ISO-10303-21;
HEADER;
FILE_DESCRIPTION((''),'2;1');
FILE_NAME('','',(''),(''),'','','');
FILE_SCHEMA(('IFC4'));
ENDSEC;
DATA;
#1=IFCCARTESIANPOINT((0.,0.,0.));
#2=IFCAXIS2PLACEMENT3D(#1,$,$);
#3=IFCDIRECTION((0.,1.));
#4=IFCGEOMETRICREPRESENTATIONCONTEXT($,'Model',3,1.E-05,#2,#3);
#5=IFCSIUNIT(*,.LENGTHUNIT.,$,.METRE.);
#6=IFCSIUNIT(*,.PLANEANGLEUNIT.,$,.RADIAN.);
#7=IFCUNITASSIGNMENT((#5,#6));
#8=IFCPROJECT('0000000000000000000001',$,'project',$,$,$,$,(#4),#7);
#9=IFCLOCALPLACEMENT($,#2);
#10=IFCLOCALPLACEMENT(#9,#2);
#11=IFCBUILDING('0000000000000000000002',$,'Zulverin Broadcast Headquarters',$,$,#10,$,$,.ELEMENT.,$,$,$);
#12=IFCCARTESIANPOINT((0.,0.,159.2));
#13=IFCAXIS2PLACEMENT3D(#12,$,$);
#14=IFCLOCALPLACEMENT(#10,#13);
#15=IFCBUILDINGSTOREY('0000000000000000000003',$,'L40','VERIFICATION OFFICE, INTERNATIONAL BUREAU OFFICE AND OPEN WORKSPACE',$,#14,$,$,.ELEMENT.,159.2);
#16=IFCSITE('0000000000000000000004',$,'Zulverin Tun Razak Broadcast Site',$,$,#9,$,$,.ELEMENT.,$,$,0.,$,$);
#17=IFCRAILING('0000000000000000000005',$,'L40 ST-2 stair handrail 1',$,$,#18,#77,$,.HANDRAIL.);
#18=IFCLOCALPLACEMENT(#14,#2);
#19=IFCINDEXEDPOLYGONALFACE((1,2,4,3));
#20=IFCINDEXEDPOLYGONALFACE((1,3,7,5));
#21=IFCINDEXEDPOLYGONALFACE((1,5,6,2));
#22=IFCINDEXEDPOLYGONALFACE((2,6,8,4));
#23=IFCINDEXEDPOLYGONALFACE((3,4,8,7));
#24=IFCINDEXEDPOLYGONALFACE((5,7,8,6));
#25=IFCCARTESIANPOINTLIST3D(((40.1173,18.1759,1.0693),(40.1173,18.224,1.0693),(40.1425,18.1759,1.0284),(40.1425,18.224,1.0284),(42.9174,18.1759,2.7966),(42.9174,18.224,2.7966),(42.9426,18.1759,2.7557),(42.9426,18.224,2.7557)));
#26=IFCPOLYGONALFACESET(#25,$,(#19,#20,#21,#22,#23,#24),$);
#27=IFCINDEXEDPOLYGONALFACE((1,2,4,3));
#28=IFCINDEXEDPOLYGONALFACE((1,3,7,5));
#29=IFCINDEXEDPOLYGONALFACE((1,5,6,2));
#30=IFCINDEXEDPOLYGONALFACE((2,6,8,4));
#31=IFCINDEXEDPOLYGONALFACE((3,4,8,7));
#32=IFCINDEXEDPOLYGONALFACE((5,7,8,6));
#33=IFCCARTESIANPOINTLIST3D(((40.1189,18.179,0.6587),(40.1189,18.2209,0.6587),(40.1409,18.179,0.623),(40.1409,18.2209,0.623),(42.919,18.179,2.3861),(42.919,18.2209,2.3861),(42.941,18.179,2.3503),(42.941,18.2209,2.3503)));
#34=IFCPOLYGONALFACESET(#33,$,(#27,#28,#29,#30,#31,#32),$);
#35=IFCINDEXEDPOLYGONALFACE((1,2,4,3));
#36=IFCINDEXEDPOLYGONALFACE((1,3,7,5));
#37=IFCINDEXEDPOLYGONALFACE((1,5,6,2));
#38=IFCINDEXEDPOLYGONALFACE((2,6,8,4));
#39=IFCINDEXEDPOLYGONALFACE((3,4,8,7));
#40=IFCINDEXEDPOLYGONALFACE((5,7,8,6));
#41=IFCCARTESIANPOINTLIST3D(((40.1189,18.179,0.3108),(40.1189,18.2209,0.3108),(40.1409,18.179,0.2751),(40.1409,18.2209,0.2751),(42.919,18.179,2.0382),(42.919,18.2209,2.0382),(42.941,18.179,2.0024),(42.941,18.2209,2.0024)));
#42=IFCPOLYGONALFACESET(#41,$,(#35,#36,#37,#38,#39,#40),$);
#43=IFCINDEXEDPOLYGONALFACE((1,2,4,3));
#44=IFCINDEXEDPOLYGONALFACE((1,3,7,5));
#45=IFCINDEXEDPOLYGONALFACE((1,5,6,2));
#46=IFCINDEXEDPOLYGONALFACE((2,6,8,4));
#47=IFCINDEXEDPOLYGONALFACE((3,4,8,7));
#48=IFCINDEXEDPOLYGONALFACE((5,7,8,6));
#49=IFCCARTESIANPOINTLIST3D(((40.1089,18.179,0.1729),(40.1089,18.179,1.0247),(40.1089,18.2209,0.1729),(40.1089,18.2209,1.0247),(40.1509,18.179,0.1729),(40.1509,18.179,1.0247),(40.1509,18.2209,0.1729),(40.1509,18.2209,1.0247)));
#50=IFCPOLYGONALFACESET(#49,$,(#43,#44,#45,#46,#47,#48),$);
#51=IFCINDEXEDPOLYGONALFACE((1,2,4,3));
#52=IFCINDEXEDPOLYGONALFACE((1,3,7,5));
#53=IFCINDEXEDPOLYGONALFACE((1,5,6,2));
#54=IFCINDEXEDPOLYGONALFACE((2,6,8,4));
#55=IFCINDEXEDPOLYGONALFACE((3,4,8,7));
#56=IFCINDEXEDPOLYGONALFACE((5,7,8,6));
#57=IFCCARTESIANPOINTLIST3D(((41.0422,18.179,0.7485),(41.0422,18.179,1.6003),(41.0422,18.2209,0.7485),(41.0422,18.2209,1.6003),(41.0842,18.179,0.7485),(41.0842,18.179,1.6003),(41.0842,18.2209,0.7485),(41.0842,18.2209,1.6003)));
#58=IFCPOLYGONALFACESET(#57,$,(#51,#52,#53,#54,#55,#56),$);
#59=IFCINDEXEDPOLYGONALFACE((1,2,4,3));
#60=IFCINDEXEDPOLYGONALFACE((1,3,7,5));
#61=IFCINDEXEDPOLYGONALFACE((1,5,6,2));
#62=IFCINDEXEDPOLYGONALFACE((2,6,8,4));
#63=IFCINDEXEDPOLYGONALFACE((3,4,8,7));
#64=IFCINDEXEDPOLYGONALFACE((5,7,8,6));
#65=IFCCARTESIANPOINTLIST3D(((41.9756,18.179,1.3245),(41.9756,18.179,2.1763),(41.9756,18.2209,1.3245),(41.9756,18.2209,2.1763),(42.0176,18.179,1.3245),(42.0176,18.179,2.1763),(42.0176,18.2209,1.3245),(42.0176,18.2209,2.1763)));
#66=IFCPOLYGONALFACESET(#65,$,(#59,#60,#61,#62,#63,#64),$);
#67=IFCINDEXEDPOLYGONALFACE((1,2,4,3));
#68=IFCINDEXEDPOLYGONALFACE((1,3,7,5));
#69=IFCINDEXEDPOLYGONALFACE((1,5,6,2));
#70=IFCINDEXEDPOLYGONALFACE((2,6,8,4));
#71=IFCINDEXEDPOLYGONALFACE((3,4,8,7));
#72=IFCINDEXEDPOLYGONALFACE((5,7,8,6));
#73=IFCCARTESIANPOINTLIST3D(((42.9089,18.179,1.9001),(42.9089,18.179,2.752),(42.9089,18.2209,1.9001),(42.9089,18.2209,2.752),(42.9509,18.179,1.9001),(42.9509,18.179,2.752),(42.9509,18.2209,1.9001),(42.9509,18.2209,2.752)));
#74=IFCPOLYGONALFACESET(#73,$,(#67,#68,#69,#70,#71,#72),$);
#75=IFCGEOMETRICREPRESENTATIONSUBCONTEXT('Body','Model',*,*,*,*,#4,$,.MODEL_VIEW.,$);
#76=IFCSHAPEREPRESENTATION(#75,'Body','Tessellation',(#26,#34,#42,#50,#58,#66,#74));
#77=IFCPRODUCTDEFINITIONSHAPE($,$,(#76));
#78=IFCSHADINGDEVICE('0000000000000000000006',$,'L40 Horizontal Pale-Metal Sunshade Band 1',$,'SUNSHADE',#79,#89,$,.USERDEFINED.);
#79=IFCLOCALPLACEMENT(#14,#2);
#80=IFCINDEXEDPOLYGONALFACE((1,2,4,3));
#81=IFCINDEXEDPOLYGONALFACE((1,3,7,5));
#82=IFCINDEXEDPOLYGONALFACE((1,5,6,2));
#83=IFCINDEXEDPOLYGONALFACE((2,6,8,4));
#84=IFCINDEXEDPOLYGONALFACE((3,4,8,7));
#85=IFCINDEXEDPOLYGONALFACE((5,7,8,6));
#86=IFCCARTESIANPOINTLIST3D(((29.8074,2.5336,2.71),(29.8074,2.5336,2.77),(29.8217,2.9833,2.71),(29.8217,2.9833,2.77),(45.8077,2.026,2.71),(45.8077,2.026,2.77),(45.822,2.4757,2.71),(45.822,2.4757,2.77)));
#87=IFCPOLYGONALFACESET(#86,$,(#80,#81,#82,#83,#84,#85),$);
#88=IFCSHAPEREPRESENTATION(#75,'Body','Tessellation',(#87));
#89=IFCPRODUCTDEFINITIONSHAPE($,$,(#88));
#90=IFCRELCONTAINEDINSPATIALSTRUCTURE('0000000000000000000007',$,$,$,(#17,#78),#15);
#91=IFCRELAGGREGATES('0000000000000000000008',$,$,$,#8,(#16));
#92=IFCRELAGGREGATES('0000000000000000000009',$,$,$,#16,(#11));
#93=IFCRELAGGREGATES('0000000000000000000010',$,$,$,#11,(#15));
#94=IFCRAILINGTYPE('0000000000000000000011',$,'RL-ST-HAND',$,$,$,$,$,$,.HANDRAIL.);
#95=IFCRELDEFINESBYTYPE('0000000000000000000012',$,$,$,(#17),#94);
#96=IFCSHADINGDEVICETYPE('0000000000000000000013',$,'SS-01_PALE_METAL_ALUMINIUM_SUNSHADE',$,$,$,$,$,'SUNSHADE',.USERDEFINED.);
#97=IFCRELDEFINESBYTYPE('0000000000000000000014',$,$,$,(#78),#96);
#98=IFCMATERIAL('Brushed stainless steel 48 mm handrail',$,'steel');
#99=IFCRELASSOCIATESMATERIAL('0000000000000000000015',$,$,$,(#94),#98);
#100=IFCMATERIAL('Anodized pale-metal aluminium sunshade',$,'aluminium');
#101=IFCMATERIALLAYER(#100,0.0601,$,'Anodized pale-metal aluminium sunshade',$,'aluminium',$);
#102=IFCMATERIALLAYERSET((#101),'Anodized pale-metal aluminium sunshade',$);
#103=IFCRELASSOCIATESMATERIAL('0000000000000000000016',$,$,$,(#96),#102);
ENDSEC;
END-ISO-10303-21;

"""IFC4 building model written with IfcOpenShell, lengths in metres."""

from ifc_helpers import new_model, si_unit, direction, frame, origin, origin_2d, place, context, subcontext, project, spatial, rectangle, extrude, material, layer, layer_set, type_object, element, save


model = new_model("IFC4")

# Units and contexts
model_context = context("Model", 3, precision=1e-05, world=origin(), true_north=direction((0.0, 1.0)))
body_context = subcontext(model_context, "Body", "Model", "MODEL_VIEW")
ifc_project = project(units=[si_unit("LENGTHUNIT", "METRE"), si_unit("PLANEANGLEUNIT", "RADIAN")], contexts=[model_context])

# Site, building, storey
site_placement = place(None, origin())
site = spatial("IfcSite", under=ifc_project, at=site_placement, Name="Zulverin Tun Razak Broadcast Site", CompositionType="ELEMENT", RefElevation=0.0)
building_placement = place(site_placement, origin())
building = spatial("IfcBuilding", under=site, at=building_placement, Name="Zulverin Broadcast Headquarters", CompositionType="ELEMENT")
storey_placement = place(building_placement, frame((0.0, 0.0, 159.2)))
storey = spatial("IfcBuildingStorey", under=building, at=storey_placement, Name="L40", Description="VERIFICATION OFFICE, INTERNATIONAL BUREAU OFFICE AND OPEN WORKSPACE", CompositionType="ELEMENT", Elevation=159.2)

# Railing
ifc_material_1 = material(Name="Brushed stainless steel 48 mm handrail", Category="steel")
railing_type_1 = type_object("IfcRailingType", Name="RL-ST-HAND", PredefinedType="HANDRAIL", material=ifc_material_1)
railing_1_placement = place(storey_placement, frame((40.1299, 18.2, 0.1729)))
element("IfcRailing", 1, at=railing_1_placement, inside=storey, type_object=railing_type_1, Name="L40 ST-2 stair handrail 1", PredefinedType="HANDRAIL", context=body_context, shape_type="SweptSolid", body=[
    extrude(rectangle(XDim=0.0481, YDim=0.0481, at=origin_2d()), frame((0.0, 0.0, 0.876), z_axis=(0.85109, 0.0, 0.52502), x_axis=(0.0, 1.0, 0.0)), (0.0, 0.0, 1.0), 3.29),
    extrude(rectangle(XDim=0.042, YDim=0.042, at=origin_2d()), frame((0.0, 0.0, 0.468), z_axis=(0.85109, 0.0, 0.52502), x_axis=(0.0, 1.0, 0.0)), (0.0, 0.0, 1.0), 3.29),
    extrude(rectangle(XDim=0.042, YDim=0.042, at=origin_2d()), frame((0.0, 0.0, 0.1201), z_axis=(0.85109, 0.0, 0.52502), x_axis=(0.0, 1.0, 0.0)), (0.0, 0.0, 1.0), 3.29),
    extrude(rectangle(XDim=0.042, YDim=0.042, at=origin_2d()), origin(), (0.0, 0.0, 1.0), 0.8518),
    extrude(rectangle(XDim=0.042, YDim=0.042, at=origin_2d()), frame((0.9333, 0.0, 0.5757)), (0.0, 0.0, 1.0), 0.8518),
    extrude(rectangle(XDim=0.042, YDim=0.042, at=origin_2d()), frame((1.8667, 0.0, 1.1516)), (0.0, 0.0, 1.0), 0.8518),
    extrude(rectangle(XDim=0.042, YDim=0.042, at=origin_2d()), frame((2.8, 0.0, 1.7273)), (0.0, 0.0, 1.0), 0.8518),
])

# Shading device
ifc_material_2 = material(Name="Anodized pale-metal aluminium sunshade", Category="aluminium")
ifc_layer_1 = layer(ifc_material_2, 0.0601, Name="Anodized pale-metal aluminium sunshade", Category="aluminium")
ifc_layer_set_1 = layer_set([ifc_layer_1], Name="Anodized pale-metal aluminium sunshade")
shading_device_type = type_object("IfcShadingDeviceType", Name="SS-01_PALE_METAL_ALUMINIUM_SUNSHADE", ElementType="SUNSHADE", PredefinedType="USERDEFINED", material=ifc_layer_set_1)
shading_device_placement = place(storey_placement, frame((37.8147, 2.5046, 2.71), z_axis=(0.0, 0.0, 1.0), x_axis=(0.999497, -0.031709, 0.0)))
element("IfcShadingDevice", 2, at=shading_device_placement, inside=storey, type_object=shading_device_type, Name="L40 Horizontal Pale-Metal Sunshade Band 1", ObjectType="SUNSHADE", PredefinedType="USERDEFINED", context=body_context, shape_type="SweptSolid", body=[
    extrude(rectangle(XDim=16.0083, YDim=0.45, at=origin_2d()), origin(), (0.0, 0.0, 1.0), 0.0601),
])

save(model, "model.ifc")
